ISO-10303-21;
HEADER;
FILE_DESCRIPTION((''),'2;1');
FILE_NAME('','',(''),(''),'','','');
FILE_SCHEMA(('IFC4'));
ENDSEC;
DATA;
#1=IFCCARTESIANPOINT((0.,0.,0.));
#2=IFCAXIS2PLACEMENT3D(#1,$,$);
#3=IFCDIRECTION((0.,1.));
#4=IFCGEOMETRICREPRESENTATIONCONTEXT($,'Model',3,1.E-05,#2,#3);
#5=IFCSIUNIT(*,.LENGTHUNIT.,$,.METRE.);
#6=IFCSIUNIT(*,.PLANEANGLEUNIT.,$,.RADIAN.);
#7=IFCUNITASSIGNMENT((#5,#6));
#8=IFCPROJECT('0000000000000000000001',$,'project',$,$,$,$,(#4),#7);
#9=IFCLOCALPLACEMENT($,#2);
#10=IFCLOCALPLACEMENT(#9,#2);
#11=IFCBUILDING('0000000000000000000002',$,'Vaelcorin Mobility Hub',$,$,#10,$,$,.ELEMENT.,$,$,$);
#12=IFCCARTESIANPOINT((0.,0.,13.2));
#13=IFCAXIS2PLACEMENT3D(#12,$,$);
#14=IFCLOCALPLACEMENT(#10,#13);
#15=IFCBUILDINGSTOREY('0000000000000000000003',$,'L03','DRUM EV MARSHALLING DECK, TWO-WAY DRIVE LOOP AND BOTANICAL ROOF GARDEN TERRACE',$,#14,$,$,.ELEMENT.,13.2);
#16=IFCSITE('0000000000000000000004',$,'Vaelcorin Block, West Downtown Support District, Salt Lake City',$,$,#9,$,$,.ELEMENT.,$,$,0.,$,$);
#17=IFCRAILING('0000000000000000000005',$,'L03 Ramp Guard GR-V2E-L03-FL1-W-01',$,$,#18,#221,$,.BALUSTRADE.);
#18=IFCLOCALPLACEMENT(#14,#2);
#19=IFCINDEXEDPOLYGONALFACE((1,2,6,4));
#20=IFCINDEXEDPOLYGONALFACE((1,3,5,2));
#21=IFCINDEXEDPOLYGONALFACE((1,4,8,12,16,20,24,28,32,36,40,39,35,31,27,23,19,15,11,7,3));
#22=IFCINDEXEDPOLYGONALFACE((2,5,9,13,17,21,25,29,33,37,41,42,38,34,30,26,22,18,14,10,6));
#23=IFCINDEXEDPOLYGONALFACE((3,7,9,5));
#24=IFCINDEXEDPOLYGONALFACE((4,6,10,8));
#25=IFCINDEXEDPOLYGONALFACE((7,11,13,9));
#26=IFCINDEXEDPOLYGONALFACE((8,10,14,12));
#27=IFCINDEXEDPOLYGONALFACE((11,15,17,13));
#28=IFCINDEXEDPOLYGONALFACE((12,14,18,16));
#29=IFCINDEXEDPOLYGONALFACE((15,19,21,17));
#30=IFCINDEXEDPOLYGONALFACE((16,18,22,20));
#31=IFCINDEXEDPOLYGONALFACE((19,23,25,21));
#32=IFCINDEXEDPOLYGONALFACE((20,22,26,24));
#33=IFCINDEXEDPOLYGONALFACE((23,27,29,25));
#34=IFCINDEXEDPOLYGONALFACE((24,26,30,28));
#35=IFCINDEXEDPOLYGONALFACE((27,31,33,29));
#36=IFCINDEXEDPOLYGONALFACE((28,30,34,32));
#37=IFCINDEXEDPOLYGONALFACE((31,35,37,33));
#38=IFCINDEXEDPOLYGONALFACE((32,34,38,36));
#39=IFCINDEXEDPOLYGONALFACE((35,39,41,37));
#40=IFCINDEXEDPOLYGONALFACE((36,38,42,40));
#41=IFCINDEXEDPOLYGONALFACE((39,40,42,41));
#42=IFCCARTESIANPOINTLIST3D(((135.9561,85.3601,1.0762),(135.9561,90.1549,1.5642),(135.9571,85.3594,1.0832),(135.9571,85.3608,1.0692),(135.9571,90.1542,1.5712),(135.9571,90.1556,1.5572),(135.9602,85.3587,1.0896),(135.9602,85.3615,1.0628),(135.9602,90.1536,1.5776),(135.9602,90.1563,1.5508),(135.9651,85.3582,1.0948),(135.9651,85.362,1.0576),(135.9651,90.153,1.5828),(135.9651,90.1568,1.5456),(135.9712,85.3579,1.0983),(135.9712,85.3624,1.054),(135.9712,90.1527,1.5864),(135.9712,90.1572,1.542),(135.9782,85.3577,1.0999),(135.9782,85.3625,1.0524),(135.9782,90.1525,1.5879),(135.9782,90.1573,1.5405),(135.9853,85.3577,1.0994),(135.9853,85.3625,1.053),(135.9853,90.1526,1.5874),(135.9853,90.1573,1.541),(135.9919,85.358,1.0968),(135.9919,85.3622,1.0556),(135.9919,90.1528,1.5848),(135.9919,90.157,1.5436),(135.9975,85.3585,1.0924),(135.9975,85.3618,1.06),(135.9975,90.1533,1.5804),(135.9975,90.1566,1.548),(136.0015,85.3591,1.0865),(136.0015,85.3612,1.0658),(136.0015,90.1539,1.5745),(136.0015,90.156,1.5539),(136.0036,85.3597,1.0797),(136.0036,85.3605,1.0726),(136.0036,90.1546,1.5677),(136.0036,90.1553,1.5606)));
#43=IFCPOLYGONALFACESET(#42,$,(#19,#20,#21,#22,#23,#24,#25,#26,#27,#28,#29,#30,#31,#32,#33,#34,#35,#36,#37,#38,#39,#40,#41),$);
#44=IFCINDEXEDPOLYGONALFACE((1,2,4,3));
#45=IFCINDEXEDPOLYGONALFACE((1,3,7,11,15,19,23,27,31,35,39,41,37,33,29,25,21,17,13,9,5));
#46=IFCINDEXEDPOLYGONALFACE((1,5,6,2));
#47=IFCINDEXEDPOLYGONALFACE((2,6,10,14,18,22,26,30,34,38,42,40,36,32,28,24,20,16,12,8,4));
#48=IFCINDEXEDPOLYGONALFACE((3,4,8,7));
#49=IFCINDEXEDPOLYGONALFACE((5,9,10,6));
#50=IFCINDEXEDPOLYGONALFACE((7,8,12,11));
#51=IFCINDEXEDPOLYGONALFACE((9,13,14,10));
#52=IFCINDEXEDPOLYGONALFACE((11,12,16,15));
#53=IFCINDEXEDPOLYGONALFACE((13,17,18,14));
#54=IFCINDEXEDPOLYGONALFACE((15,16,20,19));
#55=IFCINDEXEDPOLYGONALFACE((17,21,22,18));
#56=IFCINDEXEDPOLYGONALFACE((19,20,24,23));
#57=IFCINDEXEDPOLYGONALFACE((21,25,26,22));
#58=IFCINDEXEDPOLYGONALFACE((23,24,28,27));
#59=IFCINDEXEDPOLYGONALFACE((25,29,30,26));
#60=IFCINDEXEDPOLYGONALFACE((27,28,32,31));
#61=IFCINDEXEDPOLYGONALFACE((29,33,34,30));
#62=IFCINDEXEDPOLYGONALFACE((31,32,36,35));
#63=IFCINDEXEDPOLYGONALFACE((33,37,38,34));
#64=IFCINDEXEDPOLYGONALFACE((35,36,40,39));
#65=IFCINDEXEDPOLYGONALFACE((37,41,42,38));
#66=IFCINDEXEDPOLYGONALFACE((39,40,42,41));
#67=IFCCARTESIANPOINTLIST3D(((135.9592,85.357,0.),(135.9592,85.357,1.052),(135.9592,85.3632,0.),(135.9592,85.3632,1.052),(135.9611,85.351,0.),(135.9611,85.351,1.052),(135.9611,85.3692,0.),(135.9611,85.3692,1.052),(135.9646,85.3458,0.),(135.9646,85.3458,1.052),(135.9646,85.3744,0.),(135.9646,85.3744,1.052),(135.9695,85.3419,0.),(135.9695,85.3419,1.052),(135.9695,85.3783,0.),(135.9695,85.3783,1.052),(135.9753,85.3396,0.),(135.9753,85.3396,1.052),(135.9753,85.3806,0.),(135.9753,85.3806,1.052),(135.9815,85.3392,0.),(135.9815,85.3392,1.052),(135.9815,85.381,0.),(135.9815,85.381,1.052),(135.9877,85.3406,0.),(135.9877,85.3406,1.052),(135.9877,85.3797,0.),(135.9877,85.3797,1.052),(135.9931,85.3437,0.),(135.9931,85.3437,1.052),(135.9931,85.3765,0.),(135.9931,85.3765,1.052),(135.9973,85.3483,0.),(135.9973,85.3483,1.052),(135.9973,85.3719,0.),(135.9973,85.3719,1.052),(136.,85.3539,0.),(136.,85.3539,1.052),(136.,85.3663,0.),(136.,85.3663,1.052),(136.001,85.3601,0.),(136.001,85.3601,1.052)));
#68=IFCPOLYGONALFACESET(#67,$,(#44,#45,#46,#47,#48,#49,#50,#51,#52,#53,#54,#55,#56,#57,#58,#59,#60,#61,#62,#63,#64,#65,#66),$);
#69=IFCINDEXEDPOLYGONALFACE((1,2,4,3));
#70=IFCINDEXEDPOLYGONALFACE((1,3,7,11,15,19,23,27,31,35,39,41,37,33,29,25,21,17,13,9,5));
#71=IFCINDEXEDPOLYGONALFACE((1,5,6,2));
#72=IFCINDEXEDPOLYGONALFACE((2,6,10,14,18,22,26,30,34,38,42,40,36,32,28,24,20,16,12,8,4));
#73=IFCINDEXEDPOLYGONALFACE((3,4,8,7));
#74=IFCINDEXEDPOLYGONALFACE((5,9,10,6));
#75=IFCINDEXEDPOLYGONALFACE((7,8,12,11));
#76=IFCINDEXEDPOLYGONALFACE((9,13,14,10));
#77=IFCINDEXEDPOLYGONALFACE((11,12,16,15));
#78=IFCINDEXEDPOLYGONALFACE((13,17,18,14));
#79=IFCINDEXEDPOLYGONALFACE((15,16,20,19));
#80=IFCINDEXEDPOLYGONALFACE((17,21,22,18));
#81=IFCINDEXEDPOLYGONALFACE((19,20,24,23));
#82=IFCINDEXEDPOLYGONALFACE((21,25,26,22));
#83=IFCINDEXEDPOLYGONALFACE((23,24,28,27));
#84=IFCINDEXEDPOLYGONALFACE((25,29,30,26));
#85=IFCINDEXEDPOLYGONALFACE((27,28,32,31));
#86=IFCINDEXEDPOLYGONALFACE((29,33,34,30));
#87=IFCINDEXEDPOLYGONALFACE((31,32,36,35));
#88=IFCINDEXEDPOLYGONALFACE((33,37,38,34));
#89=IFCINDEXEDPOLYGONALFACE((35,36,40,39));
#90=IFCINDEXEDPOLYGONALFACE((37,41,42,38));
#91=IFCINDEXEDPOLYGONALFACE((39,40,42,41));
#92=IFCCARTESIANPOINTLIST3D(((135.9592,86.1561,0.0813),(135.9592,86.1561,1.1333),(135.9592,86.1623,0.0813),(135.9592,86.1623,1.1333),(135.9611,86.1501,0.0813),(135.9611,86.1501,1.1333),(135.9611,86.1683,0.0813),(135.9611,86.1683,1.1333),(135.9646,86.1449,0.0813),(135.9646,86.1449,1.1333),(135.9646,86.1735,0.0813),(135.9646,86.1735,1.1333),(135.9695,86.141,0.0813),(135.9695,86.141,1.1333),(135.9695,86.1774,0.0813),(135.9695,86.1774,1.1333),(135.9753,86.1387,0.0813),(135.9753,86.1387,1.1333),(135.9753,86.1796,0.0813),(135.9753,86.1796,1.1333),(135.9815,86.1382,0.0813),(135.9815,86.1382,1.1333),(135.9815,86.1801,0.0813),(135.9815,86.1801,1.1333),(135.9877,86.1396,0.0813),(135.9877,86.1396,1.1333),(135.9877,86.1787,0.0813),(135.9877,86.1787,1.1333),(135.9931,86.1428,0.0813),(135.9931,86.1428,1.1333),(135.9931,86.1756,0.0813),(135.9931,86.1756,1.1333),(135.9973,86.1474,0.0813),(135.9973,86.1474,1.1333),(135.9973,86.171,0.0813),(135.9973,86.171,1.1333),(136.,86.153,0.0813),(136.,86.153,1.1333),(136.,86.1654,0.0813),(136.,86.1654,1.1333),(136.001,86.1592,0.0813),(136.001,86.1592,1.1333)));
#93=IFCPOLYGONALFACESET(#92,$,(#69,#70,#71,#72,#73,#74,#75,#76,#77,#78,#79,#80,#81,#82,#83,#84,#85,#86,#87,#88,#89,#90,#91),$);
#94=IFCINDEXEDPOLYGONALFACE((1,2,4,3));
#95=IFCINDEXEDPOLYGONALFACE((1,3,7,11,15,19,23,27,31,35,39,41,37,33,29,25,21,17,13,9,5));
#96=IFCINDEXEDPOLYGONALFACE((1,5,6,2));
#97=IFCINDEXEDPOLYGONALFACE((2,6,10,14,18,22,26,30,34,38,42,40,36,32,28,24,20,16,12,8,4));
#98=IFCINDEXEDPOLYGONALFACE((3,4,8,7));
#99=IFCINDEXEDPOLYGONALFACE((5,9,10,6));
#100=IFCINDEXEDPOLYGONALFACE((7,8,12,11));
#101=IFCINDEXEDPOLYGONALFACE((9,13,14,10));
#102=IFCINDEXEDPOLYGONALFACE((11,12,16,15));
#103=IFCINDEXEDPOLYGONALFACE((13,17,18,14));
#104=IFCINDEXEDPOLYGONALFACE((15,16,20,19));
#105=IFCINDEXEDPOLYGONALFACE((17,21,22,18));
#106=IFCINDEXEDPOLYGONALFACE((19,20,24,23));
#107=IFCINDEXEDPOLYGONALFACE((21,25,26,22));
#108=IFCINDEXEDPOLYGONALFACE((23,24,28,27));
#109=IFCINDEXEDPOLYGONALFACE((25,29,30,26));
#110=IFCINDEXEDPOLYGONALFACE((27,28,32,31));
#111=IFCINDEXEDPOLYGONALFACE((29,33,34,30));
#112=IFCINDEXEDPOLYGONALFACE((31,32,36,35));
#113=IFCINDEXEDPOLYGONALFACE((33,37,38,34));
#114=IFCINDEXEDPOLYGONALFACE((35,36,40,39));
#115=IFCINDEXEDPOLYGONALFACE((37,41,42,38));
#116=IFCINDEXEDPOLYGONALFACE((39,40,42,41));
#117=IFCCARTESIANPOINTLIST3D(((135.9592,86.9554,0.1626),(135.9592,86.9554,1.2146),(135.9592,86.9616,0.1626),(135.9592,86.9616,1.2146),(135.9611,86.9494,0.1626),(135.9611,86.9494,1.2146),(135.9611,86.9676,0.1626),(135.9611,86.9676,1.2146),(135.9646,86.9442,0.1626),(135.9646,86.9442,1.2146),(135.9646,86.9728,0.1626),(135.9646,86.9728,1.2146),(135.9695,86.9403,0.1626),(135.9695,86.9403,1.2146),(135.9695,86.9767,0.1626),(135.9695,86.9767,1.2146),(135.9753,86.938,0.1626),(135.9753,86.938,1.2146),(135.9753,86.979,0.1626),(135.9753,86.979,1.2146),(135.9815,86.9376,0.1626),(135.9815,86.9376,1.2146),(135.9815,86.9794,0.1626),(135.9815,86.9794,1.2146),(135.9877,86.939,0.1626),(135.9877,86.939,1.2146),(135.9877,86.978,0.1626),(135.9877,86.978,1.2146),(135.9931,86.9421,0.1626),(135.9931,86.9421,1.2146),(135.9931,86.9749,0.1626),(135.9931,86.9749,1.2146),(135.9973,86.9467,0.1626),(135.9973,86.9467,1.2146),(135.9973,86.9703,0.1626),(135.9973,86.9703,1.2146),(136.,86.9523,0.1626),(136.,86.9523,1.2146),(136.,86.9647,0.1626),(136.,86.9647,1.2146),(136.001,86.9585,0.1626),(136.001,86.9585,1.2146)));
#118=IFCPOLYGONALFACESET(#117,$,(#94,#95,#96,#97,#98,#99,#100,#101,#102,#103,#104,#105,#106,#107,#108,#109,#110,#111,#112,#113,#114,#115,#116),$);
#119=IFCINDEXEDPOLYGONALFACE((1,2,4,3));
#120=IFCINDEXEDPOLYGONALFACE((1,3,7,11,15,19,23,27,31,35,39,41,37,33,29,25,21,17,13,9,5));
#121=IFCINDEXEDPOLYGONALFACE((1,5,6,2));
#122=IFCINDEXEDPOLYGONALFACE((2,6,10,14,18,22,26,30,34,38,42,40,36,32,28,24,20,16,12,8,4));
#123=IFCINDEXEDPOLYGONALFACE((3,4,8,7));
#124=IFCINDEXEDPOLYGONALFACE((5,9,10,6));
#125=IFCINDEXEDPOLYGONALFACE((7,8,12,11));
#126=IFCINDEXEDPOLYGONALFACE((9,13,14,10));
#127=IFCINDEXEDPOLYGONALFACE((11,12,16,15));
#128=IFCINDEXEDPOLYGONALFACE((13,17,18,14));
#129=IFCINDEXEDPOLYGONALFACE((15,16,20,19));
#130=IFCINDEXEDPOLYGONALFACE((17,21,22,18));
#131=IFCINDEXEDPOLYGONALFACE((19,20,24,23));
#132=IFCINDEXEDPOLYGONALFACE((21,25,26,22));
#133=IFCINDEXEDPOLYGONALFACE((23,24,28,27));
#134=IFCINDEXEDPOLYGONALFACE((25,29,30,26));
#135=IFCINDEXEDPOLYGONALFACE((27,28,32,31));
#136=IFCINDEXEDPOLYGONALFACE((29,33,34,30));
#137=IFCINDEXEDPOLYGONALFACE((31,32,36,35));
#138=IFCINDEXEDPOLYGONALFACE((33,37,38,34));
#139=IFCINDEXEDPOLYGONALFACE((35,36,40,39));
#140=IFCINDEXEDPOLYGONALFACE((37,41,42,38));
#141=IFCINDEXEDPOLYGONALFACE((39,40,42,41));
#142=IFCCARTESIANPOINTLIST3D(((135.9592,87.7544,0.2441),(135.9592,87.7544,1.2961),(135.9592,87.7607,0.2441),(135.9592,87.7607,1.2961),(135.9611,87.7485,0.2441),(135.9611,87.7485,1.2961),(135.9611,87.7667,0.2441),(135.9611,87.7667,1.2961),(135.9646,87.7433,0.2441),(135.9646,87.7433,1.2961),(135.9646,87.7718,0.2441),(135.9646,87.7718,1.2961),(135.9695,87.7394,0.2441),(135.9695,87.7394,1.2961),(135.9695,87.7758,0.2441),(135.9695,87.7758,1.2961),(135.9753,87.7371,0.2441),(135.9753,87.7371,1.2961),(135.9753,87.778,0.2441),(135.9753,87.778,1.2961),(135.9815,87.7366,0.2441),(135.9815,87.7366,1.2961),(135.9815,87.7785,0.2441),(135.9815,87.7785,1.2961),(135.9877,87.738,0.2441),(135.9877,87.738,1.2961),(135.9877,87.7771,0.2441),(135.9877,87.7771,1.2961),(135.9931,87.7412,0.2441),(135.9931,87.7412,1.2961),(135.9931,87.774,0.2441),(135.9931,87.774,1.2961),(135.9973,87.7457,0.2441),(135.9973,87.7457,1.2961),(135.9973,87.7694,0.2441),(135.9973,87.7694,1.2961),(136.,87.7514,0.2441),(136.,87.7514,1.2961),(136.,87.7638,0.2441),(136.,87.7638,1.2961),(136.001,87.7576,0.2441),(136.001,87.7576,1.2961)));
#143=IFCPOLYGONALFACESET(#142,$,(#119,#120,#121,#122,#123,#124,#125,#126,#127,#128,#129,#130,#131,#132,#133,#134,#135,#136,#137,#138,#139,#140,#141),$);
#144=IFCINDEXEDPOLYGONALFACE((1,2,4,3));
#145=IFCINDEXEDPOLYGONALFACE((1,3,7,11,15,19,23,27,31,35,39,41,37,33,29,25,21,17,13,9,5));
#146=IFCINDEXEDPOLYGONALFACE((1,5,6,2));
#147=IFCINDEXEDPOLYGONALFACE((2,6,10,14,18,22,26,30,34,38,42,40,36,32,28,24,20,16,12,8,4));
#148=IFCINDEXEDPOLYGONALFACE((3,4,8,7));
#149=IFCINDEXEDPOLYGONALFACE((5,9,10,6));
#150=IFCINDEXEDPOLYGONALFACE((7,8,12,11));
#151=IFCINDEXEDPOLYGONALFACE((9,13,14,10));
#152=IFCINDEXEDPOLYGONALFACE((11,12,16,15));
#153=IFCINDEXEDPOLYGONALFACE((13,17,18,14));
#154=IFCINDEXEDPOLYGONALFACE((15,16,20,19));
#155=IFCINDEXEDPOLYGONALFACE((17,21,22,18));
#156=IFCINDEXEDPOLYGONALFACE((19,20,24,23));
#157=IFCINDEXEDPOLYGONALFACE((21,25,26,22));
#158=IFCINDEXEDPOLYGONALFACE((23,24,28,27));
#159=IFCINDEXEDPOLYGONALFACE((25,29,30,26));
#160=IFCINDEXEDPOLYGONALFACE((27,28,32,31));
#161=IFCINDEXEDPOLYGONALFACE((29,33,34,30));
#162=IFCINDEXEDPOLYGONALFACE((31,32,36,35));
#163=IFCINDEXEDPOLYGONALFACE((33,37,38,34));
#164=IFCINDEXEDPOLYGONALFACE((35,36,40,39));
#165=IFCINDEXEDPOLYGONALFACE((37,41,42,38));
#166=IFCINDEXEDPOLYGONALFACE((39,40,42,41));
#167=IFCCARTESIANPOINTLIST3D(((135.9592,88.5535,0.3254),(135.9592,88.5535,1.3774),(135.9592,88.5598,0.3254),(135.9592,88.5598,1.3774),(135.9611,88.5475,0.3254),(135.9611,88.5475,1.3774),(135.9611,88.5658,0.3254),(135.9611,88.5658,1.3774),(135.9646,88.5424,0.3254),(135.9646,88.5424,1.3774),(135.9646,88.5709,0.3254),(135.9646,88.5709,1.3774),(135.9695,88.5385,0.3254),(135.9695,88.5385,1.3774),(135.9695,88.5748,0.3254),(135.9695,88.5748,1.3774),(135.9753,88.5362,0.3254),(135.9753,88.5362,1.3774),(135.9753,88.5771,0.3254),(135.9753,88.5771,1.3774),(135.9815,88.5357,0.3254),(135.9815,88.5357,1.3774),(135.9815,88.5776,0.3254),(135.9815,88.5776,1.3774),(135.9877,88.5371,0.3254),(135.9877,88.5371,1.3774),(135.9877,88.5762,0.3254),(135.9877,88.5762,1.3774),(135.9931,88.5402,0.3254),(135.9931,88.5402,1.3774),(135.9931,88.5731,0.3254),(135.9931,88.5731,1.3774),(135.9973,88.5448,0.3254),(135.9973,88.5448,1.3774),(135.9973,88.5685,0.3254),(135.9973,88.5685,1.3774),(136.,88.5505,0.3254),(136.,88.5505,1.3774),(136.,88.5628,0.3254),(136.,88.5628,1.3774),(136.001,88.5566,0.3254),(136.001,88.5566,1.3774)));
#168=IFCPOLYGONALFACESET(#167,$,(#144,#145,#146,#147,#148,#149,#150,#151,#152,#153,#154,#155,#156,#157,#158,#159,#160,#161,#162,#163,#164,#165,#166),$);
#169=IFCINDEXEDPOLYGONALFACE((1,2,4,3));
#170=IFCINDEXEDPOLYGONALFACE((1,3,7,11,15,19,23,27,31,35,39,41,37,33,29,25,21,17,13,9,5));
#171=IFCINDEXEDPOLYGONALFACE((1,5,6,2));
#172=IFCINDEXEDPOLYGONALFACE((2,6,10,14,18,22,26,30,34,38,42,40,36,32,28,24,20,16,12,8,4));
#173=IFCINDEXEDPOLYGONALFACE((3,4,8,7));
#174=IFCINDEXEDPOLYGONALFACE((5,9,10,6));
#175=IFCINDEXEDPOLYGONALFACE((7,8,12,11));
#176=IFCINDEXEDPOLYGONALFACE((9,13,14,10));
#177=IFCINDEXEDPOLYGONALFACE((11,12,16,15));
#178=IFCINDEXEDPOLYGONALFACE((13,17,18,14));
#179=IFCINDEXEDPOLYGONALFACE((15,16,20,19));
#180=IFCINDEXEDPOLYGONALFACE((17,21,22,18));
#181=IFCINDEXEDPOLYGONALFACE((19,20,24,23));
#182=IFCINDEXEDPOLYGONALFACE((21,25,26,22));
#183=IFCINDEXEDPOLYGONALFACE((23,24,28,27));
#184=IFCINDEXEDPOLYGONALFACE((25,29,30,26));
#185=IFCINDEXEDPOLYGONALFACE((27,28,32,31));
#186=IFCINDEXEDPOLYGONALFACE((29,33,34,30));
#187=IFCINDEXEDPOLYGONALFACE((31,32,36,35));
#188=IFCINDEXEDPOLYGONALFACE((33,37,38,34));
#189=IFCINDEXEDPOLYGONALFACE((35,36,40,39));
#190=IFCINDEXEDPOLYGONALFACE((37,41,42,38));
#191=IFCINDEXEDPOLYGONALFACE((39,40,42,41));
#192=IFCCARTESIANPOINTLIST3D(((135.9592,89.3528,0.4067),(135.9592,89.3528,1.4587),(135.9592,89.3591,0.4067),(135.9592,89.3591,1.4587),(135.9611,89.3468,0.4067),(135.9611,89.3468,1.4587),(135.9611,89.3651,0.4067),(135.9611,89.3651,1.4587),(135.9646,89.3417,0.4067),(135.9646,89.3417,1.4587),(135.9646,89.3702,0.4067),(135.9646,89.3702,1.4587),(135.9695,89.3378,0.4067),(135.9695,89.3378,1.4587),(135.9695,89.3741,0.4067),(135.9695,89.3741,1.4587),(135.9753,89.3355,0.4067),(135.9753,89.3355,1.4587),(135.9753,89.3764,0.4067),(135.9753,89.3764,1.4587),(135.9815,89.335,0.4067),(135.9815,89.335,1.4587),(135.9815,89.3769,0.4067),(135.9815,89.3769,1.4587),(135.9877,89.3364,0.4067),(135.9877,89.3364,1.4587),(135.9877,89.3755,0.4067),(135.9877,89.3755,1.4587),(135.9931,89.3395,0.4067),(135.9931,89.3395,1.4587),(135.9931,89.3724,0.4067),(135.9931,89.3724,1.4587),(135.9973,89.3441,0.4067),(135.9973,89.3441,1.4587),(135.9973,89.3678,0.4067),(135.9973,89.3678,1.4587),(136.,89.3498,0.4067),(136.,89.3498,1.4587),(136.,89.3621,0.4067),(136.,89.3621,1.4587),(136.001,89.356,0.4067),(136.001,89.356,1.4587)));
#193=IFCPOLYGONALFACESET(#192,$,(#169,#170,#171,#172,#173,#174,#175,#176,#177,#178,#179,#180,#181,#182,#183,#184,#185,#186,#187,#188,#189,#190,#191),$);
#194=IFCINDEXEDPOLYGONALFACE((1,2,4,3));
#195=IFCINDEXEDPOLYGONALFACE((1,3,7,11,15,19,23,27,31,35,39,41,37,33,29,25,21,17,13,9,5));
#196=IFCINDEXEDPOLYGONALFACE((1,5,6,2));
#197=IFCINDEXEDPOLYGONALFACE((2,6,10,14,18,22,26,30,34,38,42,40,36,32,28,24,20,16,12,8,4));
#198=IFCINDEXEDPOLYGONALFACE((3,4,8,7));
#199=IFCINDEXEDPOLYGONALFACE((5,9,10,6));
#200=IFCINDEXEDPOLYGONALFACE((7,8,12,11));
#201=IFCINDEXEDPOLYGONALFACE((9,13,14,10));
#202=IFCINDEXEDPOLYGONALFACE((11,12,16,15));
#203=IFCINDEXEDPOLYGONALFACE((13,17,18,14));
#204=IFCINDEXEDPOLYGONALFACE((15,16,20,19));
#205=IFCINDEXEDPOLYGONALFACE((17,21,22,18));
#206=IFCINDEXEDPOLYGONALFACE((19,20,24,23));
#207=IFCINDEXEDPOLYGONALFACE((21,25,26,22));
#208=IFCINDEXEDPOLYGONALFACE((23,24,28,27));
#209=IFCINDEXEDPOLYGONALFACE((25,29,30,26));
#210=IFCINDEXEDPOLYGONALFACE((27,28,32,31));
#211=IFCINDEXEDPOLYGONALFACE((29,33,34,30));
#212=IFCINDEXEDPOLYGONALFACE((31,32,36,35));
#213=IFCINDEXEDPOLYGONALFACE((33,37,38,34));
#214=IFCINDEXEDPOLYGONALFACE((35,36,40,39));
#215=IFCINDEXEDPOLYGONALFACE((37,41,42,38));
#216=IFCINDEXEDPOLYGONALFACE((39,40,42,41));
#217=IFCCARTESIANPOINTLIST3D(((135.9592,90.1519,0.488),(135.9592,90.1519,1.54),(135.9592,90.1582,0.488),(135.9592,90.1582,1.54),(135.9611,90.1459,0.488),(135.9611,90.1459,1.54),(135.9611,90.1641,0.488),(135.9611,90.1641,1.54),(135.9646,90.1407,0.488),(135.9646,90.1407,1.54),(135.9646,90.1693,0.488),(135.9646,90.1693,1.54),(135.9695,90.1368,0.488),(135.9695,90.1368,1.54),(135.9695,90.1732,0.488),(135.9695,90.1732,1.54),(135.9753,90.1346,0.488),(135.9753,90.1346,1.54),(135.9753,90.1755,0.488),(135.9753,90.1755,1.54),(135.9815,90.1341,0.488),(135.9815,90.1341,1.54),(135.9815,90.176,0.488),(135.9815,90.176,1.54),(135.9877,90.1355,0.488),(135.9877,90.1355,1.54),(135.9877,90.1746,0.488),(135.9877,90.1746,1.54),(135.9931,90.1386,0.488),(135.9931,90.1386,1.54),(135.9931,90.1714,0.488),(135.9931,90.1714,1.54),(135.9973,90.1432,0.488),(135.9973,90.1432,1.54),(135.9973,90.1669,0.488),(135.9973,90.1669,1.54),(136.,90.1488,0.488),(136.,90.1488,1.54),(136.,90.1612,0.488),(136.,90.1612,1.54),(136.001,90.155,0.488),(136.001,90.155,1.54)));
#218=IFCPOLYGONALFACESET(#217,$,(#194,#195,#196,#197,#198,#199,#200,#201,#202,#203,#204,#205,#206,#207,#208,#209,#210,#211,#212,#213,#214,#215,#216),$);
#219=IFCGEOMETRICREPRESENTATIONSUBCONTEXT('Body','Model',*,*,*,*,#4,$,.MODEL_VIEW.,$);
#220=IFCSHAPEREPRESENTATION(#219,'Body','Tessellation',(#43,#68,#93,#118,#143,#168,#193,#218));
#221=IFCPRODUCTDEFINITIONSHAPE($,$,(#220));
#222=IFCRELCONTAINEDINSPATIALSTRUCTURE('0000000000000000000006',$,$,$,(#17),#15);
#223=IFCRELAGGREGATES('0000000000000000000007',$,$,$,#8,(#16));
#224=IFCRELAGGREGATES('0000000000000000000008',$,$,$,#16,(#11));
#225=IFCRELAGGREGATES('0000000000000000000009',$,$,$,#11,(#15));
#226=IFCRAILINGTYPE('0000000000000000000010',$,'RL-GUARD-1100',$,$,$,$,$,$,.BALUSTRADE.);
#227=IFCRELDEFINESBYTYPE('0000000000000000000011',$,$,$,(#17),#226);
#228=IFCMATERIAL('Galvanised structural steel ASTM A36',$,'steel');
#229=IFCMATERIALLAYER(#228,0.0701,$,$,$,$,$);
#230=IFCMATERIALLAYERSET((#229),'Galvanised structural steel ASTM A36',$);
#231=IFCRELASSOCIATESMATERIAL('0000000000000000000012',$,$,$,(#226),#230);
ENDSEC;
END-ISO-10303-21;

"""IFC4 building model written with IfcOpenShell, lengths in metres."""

from ifc_helpers import new_model, si_unit, direction, frame, origin, origin_2d, place, context, subcontext, project, spatial, circle, extrude, material, layer, layer_set, type_object, element, save


model = new_model("IFC4")

# Units and contexts
model_context = context("Model", 3, precision=1e-05, world=origin(), true_north=direction((0.0, 1.0)))
body_context = subcontext(model_context, "Body", "Model", "MODEL_VIEW")
ifc_project = project(units=[si_unit("LENGTHUNIT", "METRE"), si_unit("PLANEANGLEUNIT", "RADIAN")], contexts=[model_context])

# Site, building, storey
site_placement = place(None, origin())
site = spatial("IfcSite", under=ifc_project, at=site_placement, Name="Vaelcorin Block, West Downtown Support District, Salt Lake City", CompositionType="ELEMENT", RefElevation=0.0)
building_placement = place(site_placement, origin())
building = spatial("IfcBuilding", under=site, at=building_placement, Name="Vaelcorin Mobility Hub", CompositionType="ELEMENT")
storey_placement = place(building_placement, frame((0.0, 0.0, 13.2)))
storey = spatial("IfcBuildingStorey", under=building, at=storey_placement, Name="L03", Description="DRUM EV MARSHALLING DECK, TWO-WAY DRIVE LOOP AND BOTANICAL ROOF GARDEN TERRACE", CompositionType="ELEMENT", Elevation=13.2)

# Railing
ifc_material_1 = material(Name="Galvanised structural steel ASTM A36", Category="steel")
ifc_layer_1 = layer(ifc_material_1, 0.0701)
ifc_layer_set_1 = layer_set([ifc_layer_1], Name="Galvanised structural steel ASTM A36")
railing_type = type_object("IfcRailingType", Name="RL-GUARD-1100", PredefinedType="BALUSTRADE", material=ifc_layer_set_1)
railing_1_placement = place(storey_placement, frame((135.98, 85.3601, 0.0)))
element("IfcRailing", 1, at=railing_1_placement, inside=storey, type_object=railing_type, Name="L03 Ramp Guard GR-V2E-L03-FL1-W-01", PredefinedType="BALUSTRADE", context=body_context, shape_type="SweptSolid", body=[
    extrude(circle(Radius=0.0239, at=origin_2d()), frame((0.0, 0.0, 1.0762), z_axis=(0.0, 0.99486, 0.101259), x_axis=(-1.0, 0.0, 0.0)), (0.0, 0.0, 1.0), 4.8196),
    extrude(circle(Radius=0.021, at=origin_2d()), origin(), (0.0, 0.0, 1.0), 1.052),
    extrude(circle(Radius=0.021, at=origin_2d()), frame((0.0, 0.7991, 0.0813)), (0.0, 0.0, 1.0), 1.052),
    extrude(circle(Radius=0.021, at=origin_2d()), frame((0.0, 1.5984, 0.1626)), (0.0, 0.0, 1.0), 1.052),
    extrude(circle(Radius=0.021, at=origin_2d()), frame((0.0, 2.3975, 0.2441)), (0.0, 0.0, 1.0), 1.052),
    extrude(circle(Radius=0.021, at=origin_2d()), frame((0.0, 3.1965, 0.3254)), (0.0, 0.0, 1.0), 1.052),
    extrude(circle(Radius=0.021, at=origin_2d()), frame((0.0, 3.9958, 0.4067)), (0.0, 0.0, 1.0), 1.052),
    extrude(circle(Radius=0.021, at=origin_2d()), frame((0.0, 4.7949, 0.488)), (0.0, 0.0, 1.0), 1.052),
])

save(model, "model.ifc")
